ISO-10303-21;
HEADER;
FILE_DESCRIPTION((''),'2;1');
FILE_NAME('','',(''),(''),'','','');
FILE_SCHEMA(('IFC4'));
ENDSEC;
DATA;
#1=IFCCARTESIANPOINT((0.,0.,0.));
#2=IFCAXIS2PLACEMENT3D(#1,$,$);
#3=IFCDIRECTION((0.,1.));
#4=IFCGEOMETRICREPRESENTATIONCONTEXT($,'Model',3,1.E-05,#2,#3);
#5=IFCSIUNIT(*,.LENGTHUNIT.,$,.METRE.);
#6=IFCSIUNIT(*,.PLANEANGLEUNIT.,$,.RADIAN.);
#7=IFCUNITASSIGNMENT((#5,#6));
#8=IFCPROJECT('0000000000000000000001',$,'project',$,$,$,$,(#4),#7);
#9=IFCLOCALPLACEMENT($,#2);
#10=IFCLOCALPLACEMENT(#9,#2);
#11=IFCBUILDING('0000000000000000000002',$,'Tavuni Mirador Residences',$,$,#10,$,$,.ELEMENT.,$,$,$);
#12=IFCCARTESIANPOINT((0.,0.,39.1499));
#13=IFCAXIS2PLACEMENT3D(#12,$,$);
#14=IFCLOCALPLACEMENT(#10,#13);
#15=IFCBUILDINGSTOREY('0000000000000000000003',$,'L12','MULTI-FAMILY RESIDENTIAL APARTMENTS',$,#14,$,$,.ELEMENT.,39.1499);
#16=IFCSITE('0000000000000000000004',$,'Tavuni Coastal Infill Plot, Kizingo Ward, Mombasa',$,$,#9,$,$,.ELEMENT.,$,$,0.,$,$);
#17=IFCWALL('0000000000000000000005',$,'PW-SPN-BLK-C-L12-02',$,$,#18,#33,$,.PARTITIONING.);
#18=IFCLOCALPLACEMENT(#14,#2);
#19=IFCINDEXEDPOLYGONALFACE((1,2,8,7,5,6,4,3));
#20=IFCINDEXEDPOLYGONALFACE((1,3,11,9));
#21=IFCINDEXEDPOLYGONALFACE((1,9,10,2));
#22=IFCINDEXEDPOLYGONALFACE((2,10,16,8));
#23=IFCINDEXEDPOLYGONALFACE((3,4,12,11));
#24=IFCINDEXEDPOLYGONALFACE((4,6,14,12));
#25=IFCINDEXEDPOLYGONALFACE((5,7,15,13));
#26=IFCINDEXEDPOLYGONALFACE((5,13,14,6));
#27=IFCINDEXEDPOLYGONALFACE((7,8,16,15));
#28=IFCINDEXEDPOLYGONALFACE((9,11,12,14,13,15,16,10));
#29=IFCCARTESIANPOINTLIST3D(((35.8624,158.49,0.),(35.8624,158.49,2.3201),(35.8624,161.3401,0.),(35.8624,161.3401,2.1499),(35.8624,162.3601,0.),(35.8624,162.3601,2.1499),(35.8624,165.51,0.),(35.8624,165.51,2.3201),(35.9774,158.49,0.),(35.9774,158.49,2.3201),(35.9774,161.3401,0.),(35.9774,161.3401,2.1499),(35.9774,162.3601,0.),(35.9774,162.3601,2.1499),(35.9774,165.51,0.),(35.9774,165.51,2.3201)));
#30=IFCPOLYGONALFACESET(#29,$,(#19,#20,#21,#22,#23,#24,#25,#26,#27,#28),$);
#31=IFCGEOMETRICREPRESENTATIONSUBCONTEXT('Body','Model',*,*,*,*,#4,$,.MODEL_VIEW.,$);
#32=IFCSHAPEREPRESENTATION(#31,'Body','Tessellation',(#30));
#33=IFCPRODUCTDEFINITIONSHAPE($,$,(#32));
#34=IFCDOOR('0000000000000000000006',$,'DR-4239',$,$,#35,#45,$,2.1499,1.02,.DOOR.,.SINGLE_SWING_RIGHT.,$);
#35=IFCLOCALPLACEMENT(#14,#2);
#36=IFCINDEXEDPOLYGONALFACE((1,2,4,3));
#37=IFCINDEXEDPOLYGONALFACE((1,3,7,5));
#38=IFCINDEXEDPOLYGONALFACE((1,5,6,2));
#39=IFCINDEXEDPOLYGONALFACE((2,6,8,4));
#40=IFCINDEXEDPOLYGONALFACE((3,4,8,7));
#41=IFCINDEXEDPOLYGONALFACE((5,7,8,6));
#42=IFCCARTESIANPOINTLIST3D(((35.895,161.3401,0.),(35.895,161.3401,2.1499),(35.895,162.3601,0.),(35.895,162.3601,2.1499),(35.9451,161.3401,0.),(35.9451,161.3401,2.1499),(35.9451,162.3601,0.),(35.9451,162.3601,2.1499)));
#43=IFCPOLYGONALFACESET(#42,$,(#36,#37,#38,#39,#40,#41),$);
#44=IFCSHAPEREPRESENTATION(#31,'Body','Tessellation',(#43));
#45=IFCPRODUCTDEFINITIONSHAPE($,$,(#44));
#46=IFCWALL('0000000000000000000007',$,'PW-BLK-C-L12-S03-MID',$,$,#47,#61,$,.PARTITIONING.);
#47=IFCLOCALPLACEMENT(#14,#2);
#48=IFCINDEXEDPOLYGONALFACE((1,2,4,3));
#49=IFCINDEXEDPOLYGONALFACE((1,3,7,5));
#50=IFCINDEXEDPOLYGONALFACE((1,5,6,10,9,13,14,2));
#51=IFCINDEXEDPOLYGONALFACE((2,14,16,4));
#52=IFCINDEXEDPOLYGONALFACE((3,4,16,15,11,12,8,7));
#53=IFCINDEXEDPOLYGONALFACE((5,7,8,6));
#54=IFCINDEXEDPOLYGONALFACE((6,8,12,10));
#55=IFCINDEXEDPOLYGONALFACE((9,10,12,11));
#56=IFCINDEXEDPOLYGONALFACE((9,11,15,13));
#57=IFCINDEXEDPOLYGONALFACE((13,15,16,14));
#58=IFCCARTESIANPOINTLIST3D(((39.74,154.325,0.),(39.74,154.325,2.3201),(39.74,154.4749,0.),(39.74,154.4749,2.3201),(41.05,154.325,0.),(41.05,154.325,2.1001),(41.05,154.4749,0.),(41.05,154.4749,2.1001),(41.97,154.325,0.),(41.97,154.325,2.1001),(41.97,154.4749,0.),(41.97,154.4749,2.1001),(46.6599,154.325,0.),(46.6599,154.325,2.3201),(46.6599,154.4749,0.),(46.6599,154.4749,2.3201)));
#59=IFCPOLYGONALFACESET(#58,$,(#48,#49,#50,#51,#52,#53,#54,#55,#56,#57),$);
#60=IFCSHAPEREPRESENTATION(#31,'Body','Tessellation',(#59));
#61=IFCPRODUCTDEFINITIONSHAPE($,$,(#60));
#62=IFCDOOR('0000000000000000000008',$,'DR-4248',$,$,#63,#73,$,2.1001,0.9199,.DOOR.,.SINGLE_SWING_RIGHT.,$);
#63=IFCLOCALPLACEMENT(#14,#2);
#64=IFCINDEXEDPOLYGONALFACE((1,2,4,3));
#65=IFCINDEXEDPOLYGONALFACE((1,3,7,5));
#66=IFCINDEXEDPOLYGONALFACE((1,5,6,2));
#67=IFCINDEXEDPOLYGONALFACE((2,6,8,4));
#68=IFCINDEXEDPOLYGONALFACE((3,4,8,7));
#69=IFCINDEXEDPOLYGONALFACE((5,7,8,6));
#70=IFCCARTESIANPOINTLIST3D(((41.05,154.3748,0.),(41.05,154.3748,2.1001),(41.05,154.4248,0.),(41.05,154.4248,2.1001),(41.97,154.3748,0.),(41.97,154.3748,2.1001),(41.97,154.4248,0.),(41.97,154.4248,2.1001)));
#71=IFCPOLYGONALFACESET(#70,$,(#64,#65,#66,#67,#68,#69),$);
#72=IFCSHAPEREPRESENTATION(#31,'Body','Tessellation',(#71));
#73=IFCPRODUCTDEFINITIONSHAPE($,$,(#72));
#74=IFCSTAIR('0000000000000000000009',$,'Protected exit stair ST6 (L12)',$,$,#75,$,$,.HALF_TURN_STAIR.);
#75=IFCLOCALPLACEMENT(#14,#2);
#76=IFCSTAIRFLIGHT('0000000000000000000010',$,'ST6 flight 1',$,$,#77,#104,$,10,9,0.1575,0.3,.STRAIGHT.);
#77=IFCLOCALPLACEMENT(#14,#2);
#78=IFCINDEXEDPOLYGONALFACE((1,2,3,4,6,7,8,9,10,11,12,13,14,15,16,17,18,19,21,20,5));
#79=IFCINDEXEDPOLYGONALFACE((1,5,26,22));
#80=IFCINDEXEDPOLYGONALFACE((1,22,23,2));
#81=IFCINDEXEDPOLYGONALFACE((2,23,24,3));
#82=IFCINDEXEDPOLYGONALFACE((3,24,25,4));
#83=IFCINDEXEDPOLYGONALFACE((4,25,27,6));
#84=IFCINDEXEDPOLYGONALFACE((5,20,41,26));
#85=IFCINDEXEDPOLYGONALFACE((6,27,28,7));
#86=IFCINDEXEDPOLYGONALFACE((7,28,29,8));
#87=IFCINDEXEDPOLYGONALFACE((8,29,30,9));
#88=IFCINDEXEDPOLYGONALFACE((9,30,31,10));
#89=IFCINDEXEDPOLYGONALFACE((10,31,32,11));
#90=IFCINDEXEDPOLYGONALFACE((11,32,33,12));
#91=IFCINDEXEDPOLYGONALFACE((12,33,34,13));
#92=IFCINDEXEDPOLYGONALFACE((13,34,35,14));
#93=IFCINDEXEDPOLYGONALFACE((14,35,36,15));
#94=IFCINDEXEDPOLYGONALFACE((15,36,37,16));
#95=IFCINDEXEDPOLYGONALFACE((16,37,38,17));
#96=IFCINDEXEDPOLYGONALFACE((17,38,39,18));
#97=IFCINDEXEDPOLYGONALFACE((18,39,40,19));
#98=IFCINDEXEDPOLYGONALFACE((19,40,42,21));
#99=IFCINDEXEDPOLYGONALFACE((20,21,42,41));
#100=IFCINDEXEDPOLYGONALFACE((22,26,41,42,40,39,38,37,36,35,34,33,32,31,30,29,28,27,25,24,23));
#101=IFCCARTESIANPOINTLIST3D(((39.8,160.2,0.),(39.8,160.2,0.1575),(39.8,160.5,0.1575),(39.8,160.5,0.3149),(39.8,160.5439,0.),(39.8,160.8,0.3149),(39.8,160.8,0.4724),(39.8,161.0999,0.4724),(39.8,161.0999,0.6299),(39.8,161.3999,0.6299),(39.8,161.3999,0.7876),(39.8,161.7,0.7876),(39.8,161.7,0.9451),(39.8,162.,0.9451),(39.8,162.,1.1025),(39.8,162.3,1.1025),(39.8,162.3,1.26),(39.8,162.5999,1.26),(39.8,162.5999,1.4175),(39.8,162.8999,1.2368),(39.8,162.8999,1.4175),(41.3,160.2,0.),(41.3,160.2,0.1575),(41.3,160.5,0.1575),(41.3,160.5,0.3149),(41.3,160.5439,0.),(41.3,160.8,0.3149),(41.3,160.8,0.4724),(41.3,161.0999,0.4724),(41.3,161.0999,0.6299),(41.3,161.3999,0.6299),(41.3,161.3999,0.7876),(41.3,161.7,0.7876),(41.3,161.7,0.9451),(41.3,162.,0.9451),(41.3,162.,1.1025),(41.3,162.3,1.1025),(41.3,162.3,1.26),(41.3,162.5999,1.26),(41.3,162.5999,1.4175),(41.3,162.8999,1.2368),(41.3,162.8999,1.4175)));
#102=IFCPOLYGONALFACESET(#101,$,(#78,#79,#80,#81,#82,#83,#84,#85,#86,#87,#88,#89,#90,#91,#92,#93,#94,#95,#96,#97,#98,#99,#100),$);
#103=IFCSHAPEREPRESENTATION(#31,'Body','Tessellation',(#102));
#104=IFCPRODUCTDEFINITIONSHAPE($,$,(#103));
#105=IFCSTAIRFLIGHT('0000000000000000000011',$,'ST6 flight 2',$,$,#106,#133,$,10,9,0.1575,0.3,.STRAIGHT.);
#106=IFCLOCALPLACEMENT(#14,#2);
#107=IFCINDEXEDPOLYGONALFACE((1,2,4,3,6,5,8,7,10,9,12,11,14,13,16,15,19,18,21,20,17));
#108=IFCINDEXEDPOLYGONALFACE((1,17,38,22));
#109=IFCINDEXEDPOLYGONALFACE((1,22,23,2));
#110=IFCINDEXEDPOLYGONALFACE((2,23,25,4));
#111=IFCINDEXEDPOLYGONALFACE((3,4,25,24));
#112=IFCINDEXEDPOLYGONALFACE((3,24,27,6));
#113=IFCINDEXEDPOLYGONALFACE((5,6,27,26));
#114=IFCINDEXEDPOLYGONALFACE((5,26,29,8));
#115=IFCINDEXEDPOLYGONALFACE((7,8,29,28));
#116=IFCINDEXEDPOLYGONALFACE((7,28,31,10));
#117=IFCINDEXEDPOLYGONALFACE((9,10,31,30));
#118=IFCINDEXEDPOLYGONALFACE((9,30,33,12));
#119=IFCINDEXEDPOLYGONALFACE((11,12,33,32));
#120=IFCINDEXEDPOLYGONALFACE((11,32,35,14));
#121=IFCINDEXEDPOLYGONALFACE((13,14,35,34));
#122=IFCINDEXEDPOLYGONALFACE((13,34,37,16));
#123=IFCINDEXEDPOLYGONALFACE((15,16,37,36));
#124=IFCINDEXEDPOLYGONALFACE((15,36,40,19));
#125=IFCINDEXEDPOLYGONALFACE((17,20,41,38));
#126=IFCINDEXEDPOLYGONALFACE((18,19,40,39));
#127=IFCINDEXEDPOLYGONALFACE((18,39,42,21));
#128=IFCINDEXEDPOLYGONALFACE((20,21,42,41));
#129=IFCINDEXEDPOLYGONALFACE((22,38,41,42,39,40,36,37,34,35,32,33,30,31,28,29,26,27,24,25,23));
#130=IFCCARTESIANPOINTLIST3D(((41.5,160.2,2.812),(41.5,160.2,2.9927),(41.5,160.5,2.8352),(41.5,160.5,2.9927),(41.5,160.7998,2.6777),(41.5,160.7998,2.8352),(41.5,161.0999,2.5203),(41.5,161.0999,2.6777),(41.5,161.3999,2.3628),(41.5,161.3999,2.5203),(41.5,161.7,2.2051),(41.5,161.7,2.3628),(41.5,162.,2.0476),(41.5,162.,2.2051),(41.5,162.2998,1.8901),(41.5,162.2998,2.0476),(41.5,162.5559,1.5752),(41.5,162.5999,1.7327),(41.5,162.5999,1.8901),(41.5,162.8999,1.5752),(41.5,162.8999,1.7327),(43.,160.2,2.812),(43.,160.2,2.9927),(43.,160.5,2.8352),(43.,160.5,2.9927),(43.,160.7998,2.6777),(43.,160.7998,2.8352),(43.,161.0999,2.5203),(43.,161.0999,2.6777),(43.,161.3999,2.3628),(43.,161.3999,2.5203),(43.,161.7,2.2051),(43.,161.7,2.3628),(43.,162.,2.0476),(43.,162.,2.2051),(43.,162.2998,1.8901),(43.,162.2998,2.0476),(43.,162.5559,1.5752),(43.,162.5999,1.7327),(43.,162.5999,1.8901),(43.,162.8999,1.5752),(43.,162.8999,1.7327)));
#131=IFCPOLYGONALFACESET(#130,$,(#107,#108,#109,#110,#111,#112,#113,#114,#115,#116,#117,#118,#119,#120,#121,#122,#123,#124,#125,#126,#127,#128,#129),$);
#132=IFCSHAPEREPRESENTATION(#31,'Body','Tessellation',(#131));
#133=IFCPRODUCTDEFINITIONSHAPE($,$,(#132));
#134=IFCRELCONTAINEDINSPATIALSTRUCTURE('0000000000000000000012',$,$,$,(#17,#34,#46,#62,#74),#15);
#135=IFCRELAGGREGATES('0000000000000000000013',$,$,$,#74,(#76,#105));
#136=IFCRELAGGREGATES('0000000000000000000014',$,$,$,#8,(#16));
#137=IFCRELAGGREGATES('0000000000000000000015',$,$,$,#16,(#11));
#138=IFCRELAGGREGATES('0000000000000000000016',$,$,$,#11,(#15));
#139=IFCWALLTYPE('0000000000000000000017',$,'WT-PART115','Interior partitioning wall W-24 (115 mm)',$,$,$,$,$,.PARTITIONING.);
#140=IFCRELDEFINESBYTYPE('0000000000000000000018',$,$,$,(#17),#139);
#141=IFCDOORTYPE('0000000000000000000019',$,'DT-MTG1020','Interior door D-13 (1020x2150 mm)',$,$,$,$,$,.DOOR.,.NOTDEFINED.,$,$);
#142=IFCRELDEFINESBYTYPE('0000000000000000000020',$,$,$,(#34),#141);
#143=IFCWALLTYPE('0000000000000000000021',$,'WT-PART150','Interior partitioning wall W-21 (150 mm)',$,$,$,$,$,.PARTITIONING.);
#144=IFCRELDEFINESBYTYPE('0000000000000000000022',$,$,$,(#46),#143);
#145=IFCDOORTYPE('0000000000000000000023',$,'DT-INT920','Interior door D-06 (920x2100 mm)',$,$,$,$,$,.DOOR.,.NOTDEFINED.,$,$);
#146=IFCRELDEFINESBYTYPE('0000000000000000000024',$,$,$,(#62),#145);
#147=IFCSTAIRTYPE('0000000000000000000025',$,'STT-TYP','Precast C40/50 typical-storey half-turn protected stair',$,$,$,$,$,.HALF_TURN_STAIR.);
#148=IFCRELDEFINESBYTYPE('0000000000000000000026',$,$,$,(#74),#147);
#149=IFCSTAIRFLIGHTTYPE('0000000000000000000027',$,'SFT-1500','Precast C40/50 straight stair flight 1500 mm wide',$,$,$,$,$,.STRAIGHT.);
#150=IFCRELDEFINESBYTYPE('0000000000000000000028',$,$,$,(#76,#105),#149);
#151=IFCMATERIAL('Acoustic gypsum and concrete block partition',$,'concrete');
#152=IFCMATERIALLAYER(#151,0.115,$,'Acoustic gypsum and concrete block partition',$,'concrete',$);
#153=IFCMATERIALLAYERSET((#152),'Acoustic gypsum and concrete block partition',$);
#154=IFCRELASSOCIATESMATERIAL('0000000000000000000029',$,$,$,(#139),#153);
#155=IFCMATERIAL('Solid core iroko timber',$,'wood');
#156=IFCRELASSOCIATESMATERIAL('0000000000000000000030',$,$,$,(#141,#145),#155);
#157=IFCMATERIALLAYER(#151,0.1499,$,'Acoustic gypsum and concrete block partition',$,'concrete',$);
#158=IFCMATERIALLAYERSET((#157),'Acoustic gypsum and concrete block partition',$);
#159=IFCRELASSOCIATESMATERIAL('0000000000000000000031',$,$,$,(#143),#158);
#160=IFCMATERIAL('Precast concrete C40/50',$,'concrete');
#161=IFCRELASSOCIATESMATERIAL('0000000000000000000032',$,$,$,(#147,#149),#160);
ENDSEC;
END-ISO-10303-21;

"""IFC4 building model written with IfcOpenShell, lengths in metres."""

from ifc_helpers import new_model, si_unit, direction, frame, frame_2d, origin, place, context, subcontext, project, spatial, polyline, rectangle, outline, extrude, material, layer, layer_set, type_object, element, fill, aggregate, save


model = new_model("IFC4")

# Units and contexts
model_context = context("Model", 3, precision=1e-05, world=origin(), true_north=direction((0.0, 1.0)))
body_context = subcontext(model_context, "Body", "Model", "MODEL_VIEW")
ifc_project = project(units=[si_unit("LENGTHUNIT", "METRE"), si_unit("PLANEANGLEUNIT", "RADIAN")], contexts=[model_context])

# Site, building, storey
site_placement = place(None, origin())
site = spatial("IfcSite", under=ifc_project, at=site_placement, Name="Tavuni Coastal Infill Plot, Kizingo Ward, Mombasa", CompositionType="ELEMENT", RefElevation=0.0)
building_placement = place(site_placement, origin())
building = spatial("IfcBuilding", under=site, at=building_placement, Name="Tavuni Mirador Residences", CompositionType="ELEMENT")
storey_placement = place(building_placement, frame((0.0, 0.0, 39.1499)))
storey = spatial("IfcBuildingStorey", under=building, at=storey_placement, Name="L12", Description="MULTI-FAMILY RESIDENTIAL APARTMENTS", CompositionType="ELEMENT", Elevation=39.1499)

# Shared definitions
ifc_material_1 = material(Name="Precast concrete C40/50", Category="concrete")

# Shared definitions
ifc_material_2 = material(Name="Solid core iroko timber", Category="wood")

# Walls, openings, doors
ifc_material_3 = material(Name="Acoustic gypsum and concrete block partition", Category="concrete")
ifc_layer_1 = layer(ifc_material_3, 0.115, Name="Acoustic gypsum and concrete block partition", Category="concrete")
ifc_layer_set_1 = layer_set([ifc_layer_1], Name="Acoustic gypsum and concrete block partition")
wall_type_1 = type_object("IfcWallType", Name="WT-PART115", Description="Interior partitioning wall W-24 (115 mm)", PredefinedType="PARTITIONING", material=ifc_layer_set_1)
wall_1_placement = place(storey_placement, frame((35.9199, 158.49, 0.0), z_axis=(0.0, 0.0, 1.0), x_axis=(0.0, 1.0, 0.0)))
wall_1 = element("IfcWall", 1, at=wall_1_placement, inside=storey, type_object=wall_type_1, Name="PW-SPN-BLK-C-L12-02", PredefinedType="PARTITIONING", context=body_context, shape_type="SweptSolid", body=[
    extrude(rectangle(XDim=7.02, YDim=0.115, at=frame_2d((3.51, 0.0))), origin(), (0.0, 0.0, 1.0), 2.3201),
])
opening_1_placement = place(wall_1_placement, frame((2.8501, 0.0, 0.0)))
opening_1 = element("IfcOpeningElement", 2, at=opening_1_placement, cuts=wall_1, PredefinedType="OPENING", context=body_context, shape_type="SweptSolid", body=[
    extrude(rectangle(XDim=1.02, YDim=2.1499, at=frame_2d((0.51, 1.075))), frame((0.0, 0.0674, 0.0), z_axis=(0.0, -1.0, 0.0), x_axis=(1.0, 0.0, 0.0)), (0.0, 0.0, 1.0), 0.135),
])
door_type_1 = type_object("IfcDoorType", Name="DT-MTG1020", Description="Interior door D-13 (1020x2150 mm)", OperationType="NOTDEFINED", PredefinedType="DOOR", material=ifc_material_2)
door_1_placement = place(opening_1_placement, origin())
door_1 = element("IfcDoor", 3, at=door_1_placement, inside=storey, type_object=door_type_1, Name="DR-4239", OperationType="SINGLE_SWING_RIGHT", OverallHeight=2.1499, OverallWidth=1.02, PredefinedType="DOOR", context=body_context, shape_type="SweptSolid", body=[
    extrude(rectangle(XDim=1.02, YDim=2.1499, at=frame_2d((0.51, 1.075))), frame((0.0, 0.0249, 0.0), z_axis=(0.0, -1.0, 0.0), x_axis=(1.0, 0.0, 0.0)), (0.0, 0.0, 1.0), 0.05),
])
fill(opening_1, door_1)
ifc_layer_2 = layer(ifc_material_3, 0.1499, Name="Acoustic gypsum and concrete block partition", Category="concrete")
ifc_layer_set_2 = layer_set([ifc_layer_2], Name="Acoustic gypsum and concrete block partition")
wall_type_2 = type_object("IfcWallType", Name="WT-PART150", Description="Interior partitioning wall W-21 (150 mm)", PredefinedType="PARTITIONING", material=ifc_layer_set_2)
wall_2_placement = place(storey_placement, frame((39.74, 154.3999, 0.0), z_axis=(0.0, 0.0, 1.0), x_axis=(1.0, 0.0, 0.0)))
wall_2 = element("IfcWall", 4, at=wall_2_placement, inside=storey, type_object=wall_type_2, Name="PW-BLK-C-L12-S03-MID", PredefinedType="PARTITIONING", context=body_context, shape_type="SweptSolid", body=[
    extrude(rectangle(XDim=6.9199, YDim=0.1499, at=frame_2d((3.46, 0.0))), origin(), (0.0, 0.0, 1.0), 2.3201),
])
opening_2_placement = place(wall_2_placement, frame((1.3101, 0.0, 0.0)))
opening_2 = element("IfcOpeningElement", 5, at=opening_2_placement, cuts=wall_2, PredefinedType="OPENING", context=body_context, shape_type="SweptSolid", body=[
    extrude(rectangle(XDim=0.9199, YDim=2.1001, at=frame_2d((0.46, 1.05))), frame((0.0, 0.085, 0.0), z_axis=(0.0, -1.0, 0.0), x_axis=(1.0, 0.0, 0.0)), (0.0, 0.0, 1.0), 0.1699),
])
door_type_2 = type_object("IfcDoorType", Name="DT-INT920", Description="Interior door D-06 (920x2100 mm)", OperationType="NOTDEFINED", PredefinedType="DOOR", material=ifc_material_2)
door_2_placement = place(opening_2_placement, origin())
door_2 = element("IfcDoor", 6, at=door_2_placement, inside=storey, type_object=door_type_2, Name="DR-4248", OperationType="SINGLE_SWING_RIGHT", OverallHeight=2.1001, OverallWidth=0.9199, PredefinedType="DOOR", context=body_context, shape_type="SweptSolid", body=[
    extrude(rectangle(XDim=0.9199, YDim=2.1001, at=frame_2d((0.46, 1.05))), frame((0.0, 0.0249, 0.0), z_axis=(0.0, -1.0, 0.0), x_axis=(1.0, 0.0, 0.0)), (0.0, 0.0, 1.0), 0.05),
])
fill(opening_2, door_2)

# Stair, stair flights
stair_type = type_object("IfcStairType", Name="STT-TYP", Description="Precast C40/50 typical-storey half-turn protected stair", PredefinedType="HALF_TURN_STAIR", material=ifc_material_1)
stair_placement = place(storey_placement, origin())
stair = element("IfcStair", 7, at=stair_placement, inside=storey, type_object=stair_type, Name="Protected exit stair ST6 (L12)", PredefinedType="HALF_TURN_STAIR")
stair_flight_type = type_object("IfcStairFlightType", Name="SFT-1500", Description="Precast C40/50 straight stair flight 1500 mm wide", PredefinedType="STRAIGHT", material=ifc_material_1)
stair_flight_1_placement = place(storey_placement, frame((40.55, 160.2, 0.0), z_axis=(0.0, 0.0, 1.0), x_axis=(0.0, 1.0, 0.0)))
stair_flight_1 = element("IfcStairFlight", 8, at=stair_flight_1_placement, type_object=stair_flight_type, Name="ST6 flight 1", NumberOfRisers=10, NumberOfTreads=9, PredefinedType="STRAIGHT", RiserHeight=0.1575, TreadLength=0.3, context=body_context, shape_type="SweptSolid", body=[
    extrude(outline(polyline([(0.0, 0.0), (0.0, 0.1575), (0.3, 0.1575), (0.3, 0.3149), (0.6001, 0.3149), (0.6001, 0.4724), (0.8999, 0.4724), (0.8999, 0.6299), (1.2, 0.6299), (1.2, 0.7876), (1.5, 0.7876), (1.5, 0.9451), (1.8, 0.9451), (1.8, 1.1025), (2.1001, 1.1025), (2.1001, 1.26), (2.3999, 1.26), (2.3999, 1.4175), (2.7, 1.4175), (2.7, 1.575), (2.7, 1.2368), (0.344, 0.0), (0.0, 0.0)])), frame((0.0, 0.75, 0.0), z_axis=(0.0, -1.0, 0.0), x_axis=(1.0, 0.0, 0.0)), (0.0, 0.0, 1.0), 1.5),
])
stair_flight_2_placement = place(storey_placement, frame((42.25, 162.8999, 1.5752), z_axis=(0.0, 0.0, 1.0), x_axis=(0.0, -1.0, 0.0)))
stair_flight_2 = element("IfcStairFlight", 9, at=stair_flight_2_placement, type_object=stair_flight_type, Name="ST6 flight 2", NumberOfRisers=10, NumberOfTreads=9, PredefinedType="STRAIGHT", RiserHeight=0.1575, TreadLength=0.3, context=body_context, shape_type="SweptSolid", body=[
    extrude(outline(polyline([(0.0, 0.0), (0.0, 0.1575), (0.3, 0.1575), (0.3, 0.3149), (0.6001, 0.3149), (0.6001, 0.4724), (0.8999, 0.4724), (0.8999, 0.6299), (1.2, 0.6299), (1.2, 0.7876), (1.5, 0.7876), (1.5, 0.9451), (1.8, 0.9451), (1.8, 1.1025), (2.1001, 1.1025), (2.1001, 1.26), (2.3999, 1.26), (2.3999, 1.4175), (2.7, 1.4175), (2.7, 1.575), (2.7, 1.2368), (0.344, 0.0), (0.0, 0.0)])), frame((0.0, 0.75, 0.0), z_axis=(0.0, -1.0, 0.0), x_axis=(1.0, 0.0, 0.0)), (0.0, 0.0, 1.0), 1.5),
])
aggregate(stair, [stair_flight_1, stair_flight_2])

save(model, "model.ifc")
